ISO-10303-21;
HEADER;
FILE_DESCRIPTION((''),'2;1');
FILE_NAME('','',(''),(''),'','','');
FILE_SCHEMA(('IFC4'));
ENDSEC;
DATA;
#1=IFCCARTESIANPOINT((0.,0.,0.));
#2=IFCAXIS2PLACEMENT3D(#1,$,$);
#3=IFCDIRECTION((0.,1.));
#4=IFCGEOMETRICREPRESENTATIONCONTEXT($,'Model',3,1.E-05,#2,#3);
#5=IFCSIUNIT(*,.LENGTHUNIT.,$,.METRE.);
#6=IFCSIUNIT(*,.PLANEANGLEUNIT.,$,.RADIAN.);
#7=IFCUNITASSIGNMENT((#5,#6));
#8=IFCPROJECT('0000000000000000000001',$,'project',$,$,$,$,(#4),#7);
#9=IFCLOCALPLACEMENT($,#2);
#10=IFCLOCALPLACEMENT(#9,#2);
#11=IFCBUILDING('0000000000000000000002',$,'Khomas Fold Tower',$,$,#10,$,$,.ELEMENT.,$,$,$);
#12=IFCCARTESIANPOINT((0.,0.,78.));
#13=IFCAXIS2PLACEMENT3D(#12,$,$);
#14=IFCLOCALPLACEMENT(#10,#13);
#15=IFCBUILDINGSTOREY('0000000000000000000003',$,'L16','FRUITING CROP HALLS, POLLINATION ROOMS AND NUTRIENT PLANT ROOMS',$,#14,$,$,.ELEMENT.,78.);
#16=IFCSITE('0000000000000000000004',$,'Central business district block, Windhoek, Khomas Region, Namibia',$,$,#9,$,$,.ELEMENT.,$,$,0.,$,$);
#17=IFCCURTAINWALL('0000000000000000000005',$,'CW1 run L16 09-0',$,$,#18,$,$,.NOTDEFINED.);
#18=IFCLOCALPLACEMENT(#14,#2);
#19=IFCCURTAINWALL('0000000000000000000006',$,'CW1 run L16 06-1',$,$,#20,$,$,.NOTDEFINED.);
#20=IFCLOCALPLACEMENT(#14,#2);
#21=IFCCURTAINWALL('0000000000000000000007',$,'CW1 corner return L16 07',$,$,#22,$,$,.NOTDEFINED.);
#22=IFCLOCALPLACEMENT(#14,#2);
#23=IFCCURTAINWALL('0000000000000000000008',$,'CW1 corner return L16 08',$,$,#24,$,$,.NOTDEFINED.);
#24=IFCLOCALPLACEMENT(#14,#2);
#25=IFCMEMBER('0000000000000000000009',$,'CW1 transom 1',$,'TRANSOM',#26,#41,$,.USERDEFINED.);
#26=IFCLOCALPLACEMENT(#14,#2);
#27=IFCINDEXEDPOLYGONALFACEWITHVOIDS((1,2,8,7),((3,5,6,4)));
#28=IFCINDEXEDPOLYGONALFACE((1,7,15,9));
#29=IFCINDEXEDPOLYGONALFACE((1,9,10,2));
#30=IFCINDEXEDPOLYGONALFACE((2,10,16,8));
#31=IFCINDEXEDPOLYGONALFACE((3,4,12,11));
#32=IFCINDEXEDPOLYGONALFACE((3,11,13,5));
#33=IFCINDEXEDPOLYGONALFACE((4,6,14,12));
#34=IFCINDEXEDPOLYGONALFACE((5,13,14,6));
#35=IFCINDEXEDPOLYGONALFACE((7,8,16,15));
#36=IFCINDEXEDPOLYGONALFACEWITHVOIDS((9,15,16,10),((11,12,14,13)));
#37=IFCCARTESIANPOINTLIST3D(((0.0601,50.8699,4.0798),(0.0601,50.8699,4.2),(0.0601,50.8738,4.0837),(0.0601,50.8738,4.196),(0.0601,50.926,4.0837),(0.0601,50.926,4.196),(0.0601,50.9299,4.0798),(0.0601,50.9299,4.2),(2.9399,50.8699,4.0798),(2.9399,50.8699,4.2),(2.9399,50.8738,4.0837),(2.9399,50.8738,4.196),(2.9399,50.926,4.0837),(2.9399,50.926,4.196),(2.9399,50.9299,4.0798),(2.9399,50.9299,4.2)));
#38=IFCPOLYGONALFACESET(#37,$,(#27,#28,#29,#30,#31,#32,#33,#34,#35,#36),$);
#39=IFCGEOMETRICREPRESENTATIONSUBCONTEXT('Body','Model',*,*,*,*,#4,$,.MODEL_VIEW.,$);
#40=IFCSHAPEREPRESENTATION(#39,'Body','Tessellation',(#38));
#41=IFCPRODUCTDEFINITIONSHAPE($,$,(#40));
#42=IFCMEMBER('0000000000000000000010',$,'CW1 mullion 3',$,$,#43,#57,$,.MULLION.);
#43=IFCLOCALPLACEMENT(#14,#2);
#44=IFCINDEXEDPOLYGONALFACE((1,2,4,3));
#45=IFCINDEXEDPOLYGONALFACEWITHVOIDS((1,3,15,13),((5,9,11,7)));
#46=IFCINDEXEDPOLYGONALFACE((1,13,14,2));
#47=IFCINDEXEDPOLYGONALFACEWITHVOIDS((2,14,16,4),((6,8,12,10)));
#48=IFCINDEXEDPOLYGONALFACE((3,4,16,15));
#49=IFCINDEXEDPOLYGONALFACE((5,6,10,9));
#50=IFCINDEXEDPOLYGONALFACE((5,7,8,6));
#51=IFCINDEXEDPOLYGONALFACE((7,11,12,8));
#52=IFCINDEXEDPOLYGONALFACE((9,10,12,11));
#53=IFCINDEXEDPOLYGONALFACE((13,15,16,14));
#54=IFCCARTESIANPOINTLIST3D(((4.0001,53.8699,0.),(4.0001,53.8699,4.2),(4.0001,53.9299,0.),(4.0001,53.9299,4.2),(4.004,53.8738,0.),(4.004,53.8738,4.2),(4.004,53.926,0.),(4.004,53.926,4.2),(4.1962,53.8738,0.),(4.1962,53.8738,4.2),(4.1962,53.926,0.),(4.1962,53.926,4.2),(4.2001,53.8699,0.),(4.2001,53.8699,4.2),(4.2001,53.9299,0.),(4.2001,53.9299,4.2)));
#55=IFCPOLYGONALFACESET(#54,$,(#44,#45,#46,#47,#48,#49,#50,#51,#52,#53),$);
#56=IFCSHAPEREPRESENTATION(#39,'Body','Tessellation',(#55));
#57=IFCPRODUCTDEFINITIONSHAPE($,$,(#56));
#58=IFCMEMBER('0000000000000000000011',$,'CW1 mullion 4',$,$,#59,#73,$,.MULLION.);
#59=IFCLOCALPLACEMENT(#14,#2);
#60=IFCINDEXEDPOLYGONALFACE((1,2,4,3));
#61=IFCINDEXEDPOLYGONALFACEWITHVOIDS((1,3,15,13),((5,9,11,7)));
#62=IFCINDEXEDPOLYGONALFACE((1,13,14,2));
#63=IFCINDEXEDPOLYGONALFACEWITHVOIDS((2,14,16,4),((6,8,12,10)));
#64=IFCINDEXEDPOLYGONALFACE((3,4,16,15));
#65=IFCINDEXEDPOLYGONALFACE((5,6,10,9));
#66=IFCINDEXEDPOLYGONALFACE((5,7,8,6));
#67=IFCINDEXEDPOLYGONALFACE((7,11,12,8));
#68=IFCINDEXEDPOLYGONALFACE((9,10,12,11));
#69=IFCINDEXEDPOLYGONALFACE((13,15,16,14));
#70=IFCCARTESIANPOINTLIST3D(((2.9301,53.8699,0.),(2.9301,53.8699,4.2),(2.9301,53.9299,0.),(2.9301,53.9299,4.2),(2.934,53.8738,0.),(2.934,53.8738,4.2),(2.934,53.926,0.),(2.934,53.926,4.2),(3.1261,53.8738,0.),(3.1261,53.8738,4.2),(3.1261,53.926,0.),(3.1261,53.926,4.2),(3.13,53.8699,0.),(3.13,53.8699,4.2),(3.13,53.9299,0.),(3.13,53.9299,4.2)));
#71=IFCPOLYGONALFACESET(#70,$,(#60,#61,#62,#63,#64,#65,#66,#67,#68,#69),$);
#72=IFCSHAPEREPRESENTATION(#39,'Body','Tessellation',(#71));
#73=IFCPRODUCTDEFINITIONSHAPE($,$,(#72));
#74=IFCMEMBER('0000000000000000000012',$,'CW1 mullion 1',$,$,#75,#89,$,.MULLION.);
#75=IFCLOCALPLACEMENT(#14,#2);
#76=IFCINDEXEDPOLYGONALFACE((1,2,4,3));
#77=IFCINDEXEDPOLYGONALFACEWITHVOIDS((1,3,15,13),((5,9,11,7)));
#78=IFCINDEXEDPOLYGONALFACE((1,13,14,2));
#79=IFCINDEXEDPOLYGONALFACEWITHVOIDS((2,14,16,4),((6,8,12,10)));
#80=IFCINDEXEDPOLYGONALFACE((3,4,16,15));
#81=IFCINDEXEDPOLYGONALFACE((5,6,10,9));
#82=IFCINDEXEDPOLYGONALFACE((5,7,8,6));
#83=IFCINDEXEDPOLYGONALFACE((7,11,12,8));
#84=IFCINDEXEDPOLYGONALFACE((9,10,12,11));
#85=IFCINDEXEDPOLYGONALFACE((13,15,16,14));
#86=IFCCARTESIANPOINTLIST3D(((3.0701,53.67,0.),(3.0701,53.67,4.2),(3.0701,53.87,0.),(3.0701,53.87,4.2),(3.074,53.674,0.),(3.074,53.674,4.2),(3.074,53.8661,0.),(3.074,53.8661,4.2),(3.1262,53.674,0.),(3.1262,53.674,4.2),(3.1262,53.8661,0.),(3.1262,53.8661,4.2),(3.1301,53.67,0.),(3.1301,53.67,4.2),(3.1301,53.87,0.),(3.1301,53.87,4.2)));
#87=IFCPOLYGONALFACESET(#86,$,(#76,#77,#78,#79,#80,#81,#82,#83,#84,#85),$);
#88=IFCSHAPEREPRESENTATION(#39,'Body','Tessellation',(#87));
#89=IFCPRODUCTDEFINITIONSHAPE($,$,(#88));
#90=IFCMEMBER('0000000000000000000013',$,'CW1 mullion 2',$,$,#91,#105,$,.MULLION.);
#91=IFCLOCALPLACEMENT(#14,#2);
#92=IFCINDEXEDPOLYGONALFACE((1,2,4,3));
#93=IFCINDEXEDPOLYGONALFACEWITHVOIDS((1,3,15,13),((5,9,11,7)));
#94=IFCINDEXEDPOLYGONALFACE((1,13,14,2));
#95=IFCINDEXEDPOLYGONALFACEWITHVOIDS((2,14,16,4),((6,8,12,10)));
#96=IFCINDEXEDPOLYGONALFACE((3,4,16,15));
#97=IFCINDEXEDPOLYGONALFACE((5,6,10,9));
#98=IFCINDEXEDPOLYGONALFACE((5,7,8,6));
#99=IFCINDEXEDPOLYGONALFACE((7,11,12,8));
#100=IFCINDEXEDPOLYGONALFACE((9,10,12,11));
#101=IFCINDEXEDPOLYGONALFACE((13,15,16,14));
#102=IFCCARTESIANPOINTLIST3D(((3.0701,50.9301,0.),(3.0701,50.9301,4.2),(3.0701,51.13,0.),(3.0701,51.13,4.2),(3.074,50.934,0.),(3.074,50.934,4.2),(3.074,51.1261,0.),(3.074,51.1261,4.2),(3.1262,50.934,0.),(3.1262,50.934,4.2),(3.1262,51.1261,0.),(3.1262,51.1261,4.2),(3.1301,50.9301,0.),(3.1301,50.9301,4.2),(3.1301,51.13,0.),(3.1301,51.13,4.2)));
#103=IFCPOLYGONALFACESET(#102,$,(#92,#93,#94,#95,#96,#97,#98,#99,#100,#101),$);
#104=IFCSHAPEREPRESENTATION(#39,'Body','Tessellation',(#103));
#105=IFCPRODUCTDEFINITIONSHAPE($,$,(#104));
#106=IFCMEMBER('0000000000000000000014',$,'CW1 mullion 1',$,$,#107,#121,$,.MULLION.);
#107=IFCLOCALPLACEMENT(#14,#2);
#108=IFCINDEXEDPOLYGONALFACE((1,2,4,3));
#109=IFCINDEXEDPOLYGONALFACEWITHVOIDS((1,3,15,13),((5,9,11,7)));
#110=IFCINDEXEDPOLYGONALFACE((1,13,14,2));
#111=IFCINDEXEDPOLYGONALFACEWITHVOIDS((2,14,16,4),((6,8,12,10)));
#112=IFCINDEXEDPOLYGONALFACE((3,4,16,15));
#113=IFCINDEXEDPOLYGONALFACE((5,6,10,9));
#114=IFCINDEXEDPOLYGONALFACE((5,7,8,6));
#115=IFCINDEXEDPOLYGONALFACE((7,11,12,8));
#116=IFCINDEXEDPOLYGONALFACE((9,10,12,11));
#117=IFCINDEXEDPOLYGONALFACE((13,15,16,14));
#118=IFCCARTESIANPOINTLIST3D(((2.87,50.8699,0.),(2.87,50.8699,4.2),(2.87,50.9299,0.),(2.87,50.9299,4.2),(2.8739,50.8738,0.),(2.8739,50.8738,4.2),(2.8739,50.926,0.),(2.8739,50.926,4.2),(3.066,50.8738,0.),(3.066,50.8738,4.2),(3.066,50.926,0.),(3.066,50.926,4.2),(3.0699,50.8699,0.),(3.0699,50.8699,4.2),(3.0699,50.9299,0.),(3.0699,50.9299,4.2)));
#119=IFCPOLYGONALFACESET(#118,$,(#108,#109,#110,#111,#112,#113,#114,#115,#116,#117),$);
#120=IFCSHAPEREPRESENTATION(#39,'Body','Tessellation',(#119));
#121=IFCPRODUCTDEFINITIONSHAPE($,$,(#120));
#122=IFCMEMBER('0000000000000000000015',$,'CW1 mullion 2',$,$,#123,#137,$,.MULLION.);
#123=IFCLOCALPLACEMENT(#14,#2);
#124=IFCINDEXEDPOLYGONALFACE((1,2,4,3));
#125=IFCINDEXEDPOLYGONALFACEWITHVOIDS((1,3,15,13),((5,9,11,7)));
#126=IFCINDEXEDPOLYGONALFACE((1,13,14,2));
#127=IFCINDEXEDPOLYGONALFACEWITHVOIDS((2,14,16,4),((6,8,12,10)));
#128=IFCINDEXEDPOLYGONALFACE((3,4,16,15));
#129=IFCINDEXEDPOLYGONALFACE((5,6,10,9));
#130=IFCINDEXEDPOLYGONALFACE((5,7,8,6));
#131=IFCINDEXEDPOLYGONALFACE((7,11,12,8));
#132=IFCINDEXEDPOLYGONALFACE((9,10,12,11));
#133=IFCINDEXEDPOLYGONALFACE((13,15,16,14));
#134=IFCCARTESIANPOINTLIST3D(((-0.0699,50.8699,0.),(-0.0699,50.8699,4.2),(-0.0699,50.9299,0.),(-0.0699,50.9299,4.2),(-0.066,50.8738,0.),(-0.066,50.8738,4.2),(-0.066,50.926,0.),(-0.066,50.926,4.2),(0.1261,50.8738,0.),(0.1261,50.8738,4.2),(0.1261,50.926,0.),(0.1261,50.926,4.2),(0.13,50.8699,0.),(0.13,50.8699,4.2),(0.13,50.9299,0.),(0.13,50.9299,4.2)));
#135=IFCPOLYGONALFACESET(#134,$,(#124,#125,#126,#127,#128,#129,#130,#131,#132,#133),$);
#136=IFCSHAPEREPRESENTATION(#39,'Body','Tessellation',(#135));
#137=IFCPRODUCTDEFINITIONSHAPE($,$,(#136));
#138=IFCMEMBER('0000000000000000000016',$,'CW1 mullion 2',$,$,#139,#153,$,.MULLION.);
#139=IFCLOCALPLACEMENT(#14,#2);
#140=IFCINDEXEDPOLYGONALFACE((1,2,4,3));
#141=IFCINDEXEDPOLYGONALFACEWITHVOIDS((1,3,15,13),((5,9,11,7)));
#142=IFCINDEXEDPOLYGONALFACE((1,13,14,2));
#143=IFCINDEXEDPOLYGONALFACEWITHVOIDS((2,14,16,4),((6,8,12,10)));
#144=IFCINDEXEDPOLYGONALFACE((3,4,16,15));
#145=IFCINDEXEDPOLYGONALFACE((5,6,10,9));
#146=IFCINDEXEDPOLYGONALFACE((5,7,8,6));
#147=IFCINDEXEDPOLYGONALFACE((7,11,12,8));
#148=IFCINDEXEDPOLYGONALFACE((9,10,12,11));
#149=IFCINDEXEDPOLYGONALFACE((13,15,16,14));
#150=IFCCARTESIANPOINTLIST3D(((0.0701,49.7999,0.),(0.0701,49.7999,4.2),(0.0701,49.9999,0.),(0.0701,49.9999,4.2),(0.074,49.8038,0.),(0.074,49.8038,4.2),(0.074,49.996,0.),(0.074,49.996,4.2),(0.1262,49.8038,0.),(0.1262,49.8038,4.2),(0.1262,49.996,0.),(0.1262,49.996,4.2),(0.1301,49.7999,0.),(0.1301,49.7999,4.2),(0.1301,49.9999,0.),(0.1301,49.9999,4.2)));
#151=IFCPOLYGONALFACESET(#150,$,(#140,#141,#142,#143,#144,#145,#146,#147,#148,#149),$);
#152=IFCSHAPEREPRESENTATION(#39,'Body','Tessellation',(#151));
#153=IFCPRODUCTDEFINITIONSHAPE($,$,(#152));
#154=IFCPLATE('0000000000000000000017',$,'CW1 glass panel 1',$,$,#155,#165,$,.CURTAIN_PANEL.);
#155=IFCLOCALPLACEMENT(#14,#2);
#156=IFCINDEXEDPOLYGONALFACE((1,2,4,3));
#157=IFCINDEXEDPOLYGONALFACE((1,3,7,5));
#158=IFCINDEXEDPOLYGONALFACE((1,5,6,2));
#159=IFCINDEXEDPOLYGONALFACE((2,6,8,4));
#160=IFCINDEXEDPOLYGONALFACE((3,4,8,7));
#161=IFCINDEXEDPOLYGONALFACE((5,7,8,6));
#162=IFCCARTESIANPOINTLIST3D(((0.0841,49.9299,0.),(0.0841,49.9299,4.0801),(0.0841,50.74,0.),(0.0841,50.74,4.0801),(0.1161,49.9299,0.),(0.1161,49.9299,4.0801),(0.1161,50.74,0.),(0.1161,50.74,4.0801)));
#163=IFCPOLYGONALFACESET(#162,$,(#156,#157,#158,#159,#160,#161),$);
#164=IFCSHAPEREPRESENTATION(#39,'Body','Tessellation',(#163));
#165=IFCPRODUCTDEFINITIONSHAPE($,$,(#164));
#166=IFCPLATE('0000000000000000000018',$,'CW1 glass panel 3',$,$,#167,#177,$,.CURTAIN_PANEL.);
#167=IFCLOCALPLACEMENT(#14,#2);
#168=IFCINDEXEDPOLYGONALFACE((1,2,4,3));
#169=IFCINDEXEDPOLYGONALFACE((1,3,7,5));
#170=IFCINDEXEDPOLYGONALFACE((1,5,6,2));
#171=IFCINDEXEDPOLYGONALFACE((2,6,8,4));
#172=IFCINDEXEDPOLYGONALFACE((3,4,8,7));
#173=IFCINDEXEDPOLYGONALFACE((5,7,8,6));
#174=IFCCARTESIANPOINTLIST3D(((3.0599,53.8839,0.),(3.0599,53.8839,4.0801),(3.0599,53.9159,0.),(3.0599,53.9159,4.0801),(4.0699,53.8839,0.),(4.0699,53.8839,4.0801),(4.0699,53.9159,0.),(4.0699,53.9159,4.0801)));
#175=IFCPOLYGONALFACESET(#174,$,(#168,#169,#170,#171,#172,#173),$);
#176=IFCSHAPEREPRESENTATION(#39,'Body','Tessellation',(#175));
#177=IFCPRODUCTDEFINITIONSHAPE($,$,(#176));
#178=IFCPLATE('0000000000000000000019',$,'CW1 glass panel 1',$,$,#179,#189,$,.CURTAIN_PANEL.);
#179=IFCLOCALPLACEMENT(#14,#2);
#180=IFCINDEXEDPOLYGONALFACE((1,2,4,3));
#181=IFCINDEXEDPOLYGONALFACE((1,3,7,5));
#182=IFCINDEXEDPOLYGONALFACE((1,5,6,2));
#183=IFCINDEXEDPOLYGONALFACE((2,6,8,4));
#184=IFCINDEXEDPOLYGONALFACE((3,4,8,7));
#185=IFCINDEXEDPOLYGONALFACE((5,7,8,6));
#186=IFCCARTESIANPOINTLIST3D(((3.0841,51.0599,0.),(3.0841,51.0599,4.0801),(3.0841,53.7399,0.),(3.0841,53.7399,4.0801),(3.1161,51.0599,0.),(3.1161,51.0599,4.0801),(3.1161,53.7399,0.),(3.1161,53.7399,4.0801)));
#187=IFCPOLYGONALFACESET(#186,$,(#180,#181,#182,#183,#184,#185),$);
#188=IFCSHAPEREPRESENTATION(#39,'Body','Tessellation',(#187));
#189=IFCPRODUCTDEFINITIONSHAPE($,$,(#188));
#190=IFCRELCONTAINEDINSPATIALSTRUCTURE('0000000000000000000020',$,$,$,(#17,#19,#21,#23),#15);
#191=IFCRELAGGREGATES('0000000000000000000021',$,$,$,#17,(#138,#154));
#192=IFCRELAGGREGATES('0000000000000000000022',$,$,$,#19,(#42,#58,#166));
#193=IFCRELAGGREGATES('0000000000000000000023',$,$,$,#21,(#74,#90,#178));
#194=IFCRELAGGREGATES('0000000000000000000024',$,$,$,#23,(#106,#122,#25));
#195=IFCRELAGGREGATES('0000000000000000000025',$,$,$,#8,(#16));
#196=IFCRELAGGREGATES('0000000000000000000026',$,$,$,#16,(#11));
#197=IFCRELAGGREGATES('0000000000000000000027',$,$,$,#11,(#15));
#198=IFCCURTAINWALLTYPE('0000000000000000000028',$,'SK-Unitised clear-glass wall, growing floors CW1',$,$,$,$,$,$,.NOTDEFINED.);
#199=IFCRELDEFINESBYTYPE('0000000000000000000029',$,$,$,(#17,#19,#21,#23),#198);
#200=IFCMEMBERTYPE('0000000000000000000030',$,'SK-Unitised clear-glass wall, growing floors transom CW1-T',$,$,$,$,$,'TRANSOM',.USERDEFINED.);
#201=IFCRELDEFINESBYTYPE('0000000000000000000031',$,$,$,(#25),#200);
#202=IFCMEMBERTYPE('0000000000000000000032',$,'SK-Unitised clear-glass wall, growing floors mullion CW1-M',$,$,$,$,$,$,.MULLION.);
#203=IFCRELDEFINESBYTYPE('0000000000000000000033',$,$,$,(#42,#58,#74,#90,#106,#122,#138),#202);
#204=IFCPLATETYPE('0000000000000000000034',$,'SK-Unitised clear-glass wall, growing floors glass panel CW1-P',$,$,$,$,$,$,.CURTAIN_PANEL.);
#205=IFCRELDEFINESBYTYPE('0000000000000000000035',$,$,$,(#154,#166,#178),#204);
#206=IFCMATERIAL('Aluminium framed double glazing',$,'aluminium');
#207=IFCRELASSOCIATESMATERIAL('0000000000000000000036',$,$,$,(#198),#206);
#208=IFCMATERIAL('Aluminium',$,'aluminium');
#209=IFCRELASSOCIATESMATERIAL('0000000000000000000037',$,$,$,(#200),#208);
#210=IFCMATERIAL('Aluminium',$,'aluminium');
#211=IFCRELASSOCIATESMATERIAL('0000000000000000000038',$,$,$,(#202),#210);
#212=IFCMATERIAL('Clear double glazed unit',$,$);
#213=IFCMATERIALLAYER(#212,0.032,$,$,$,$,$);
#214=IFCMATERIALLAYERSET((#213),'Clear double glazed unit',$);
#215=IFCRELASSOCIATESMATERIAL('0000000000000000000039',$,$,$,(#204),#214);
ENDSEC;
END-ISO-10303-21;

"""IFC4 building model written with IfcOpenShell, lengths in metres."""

from ifc_helpers import new_model, si_unit, direction, frame, origin, origin_2d, place, context, subcontext, project, spatial, rectangle, hollow_rectangle, extrude, source, transform, mapped, material, layer, layer_set, material_profile, profile_set, type_object, element, aggregate, save


model = new_model("IFC4")

# Units and contexts
model_context = context("Model", 3, precision=1e-05, world=origin(), true_north=direction((0.0, 1.0)))
body_context = subcontext(model_context, "Body", "Model", "MODEL_VIEW")
ifc_project = project(units=[si_unit("LENGTHUNIT", "METRE"), si_unit("PLANEANGLEUNIT", "RADIAN")], contexts=[model_context])

# Site, building, storey
site_placement = place(None, origin())
site = spatial("IfcSite", under=ifc_project, at=site_placement, Name="Central business district block, Windhoek, Khomas Region, Namibia", CompositionType="ELEMENT", RefElevation=0.0)
building_placement = place(site_placement, origin())
building = spatial("IfcBuilding", under=site, at=building_placement, Name="Khomas Fold Tower", CompositionType="ELEMENT")
storey_placement = place(building_placement, frame((0.0, 0.0, 78.0)))
storey = spatial("IfcBuildingStorey", under=building, at=storey_placement, Name="L16", Description="FRUITING CROP HALLS, POLLINATION ROOMS AND NUTRIENT PLANT ROOMS", CompositionType="ELEMENT", Elevation=78.0)

# Curtain wall
ifc_material_1 = material(Name="Aluminium framed double glazing", Category="aluminium")
curtain_wall_type = type_object("IfcCurtainWallType", Name="SK-Unitised clear-glass wall, growing floors CW1", PredefinedType="NOTDEFINED", material=ifc_material_1)
curtain_wall_1_placement = place(storey_placement, origin())
curtain_wall_1 = element("IfcCurtainWall", 1, at=curtain_wall_1_placement, inside=storey, type_object=curtain_wall_type, Name="CW1 run L16 09-0", PredefinedType="NOTDEFINED")
ifc_material_2 = material(Name="Aluminium", Category="aluminium")
ifc_material_profile_1 = material_profile(ifc_material_2, hollow_rectangle(XDim=0.0601, YDim=0.1201, WallThickness=0.0039, at=origin_2d()), Name="SK-Unitised clear-glass wall, growing floors transom CW1-T")
ifc_profile_set_1 = profile_set([ifc_material_profile_1], Name="Aluminium")
member_type_1 = type_object("IfcMemberType", Name="SK-Unitised clear-glass wall, growing floors transom CW1-T", ElementType="TRANSOM", PredefinedType="USERDEFINED", material=ifc_profile_set_1)

# Curtain walls, member
curtain_wall_2_placement = place(storey_placement, origin())
curtain_wall_2 = element("IfcCurtainWall", 2, at=curtain_wall_2_placement, inside=storey, type_object=curtain_wall_type, Name="CW1 run L16 06-1", PredefinedType="NOTDEFINED")
curtain_wall_3_placement = place(storey_placement, origin())
curtain_wall_3 = element("IfcCurtainWall", 3, at=curtain_wall_3_placement, inside=storey, type_object=curtain_wall_type, Name="CW1 corner return L16 07", PredefinedType="NOTDEFINED")
curtain_wall_4_placement = place(storey_placement, origin())
curtain_wall_4 = element("IfcCurtainWall", 4, at=curtain_wall_4_placement, inside=storey, type_object=curtain_wall_type, Name="CW1 corner return L16 08", PredefinedType="NOTDEFINED")
shared_shape_1 = source(origin(), body_context, "Body", "SweptSolid", [
    extrude(hollow_rectangle(XDim=0.0601, YDim=0.1201, WallThickness=0.0039, at=origin_2d()), origin(), (0.0, 0.0, 1.0), 2.8799),
])
member_1_placement = place(storey_placement, frame((2.9399, 50.8999, 4.1399), z_axis=(-1.0, 0.0, 0.0), x_axis=(0.0, -1.0, 0.0)))
member_1 = element("IfcMember", 5, at=member_1_placement, type_object=member_type_1, Name="CW1 transom 1", ObjectType="TRANSOM", PredefinedType="USERDEFINED", context=body_context, shape_type="MappedRepresentation", body=[
    mapped(shared_shape_1, transform((0.0, 0.0, 0.0))),
])

# Members
ifc_material_3 = material(Name="Aluminium", Category="aluminium")
ifc_material_profile_2 = material_profile(ifc_material_3, hollow_rectangle(XDim=0.0601, YDim=0.2, WallThickness=0.0039, at=origin_2d()), Name="SK-Unitised clear-glass wall, growing floors mullion CW1-M")
ifc_profile_set_2 = profile_set([ifc_material_profile_2], Name="Aluminium")
member_type_2 = type_object("IfcMemberType", Name="SK-Unitised clear-glass wall, growing floors mullion CW1-M", PredefinedType="MULLION", material=ifc_profile_set_2)
shared_shape_2 = source(origin(), body_context, "Body", "SweptSolid", [
    extrude(hollow_rectangle(XDim=0.0601, YDim=0.2, WallThickness=0.0039, at=origin_2d()), origin(), (0.0, 0.0, 1.0), 4.2),
])
member_2_placement = place(storey_placement, frame((4.1001, 53.8999, 0.0), z_axis=(0.0, 0.0, 1.0), x_axis=(0.0, -1.0, 0.0)))
member_2 = element("IfcMember", 6, at=member_2_placement, type_object=member_type_2, Name="CW1 mullion 3", PredefinedType="MULLION", context=body_context, shape_type="MappedRepresentation", body=[
    mapped(shared_shape_2, transform((0.0, 0.0, 0.0))),
])
member_3_placement = place(storey_placement, frame((3.03, 53.8999, 0.0), z_axis=(0.0, 0.0, 1.0), x_axis=(0.0, -1.0, 0.0)))
member_3 = element("IfcMember", 7, at=member_3_placement, type_object=member_type_2, Name="CW1 mullion 4", PredefinedType="MULLION", context=body_context, shape_type="MappedRepresentation", body=[
    mapped(shared_shape_2, transform((0.0, 0.0, 0.0))),
])
member_4_placement = place(storey_placement, frame((3.1001, 53.77, 0.0), z_axis=(0.0, 0.0, 1.0), x_axis=(1.0, 0.0, 0.0)))
member_4 = element("IfcMember", 8, at=member_4_placement, type_object=member_type_2, Name="CW1 mullion 1", PredefinedType="MULLION", context=body_context, shape_type="MappedRepresentation", body=[
    mapped(shared_shape_2, transform((0.0, 0.0, 0.0))),
])
member_5_placement = place(storey_placement, frame((3.1001, 51.03, 0.0), z_axis=(0.0, 0.0, 1.0), x_axis=(1.0, 0.0, 0.0)))
member_5 = element("IfcMember", 9, at=member_5_placement, type_object=member_type_2, Name="CW1 mullion 2", PredefinedType="MULLION", context=body_context, shape_type="MappedRepresentation", body=[
    mapped(shared_shape_2, transform((0.0, 0.0, 0.0))),
])
member_6_placement = place(storey_placement, frame((2.97, 50.8999, 0.0), z_axis=(0.0, 0.0, 1.0), x_axis=(0.0, -1.0, 0.0)))
member_6 = element("IfcMember", 10, at=member_6_placement, type_object=member_type_2, Name="CW1 mullion 1", PredefinedType="MULLION", context=body_context, shape_type="MappedRepresentation", body=[
    mapped(shared_shape_2, transform((0.0, 0.0, 0.0))),
])
member_7_placement = place(storey_placement, frame((0.03, 50.8999, 0.0), z_axis=(0.0, 0.0, 1.0), x_axis=(0.0, -1.0, 0.0)))
member_7 = element("IfcMember", 11, at=member_7_placement, type_object=member_type_2, Name="CW1 mullion 2", PredefinedType="MULLION", context=body_context, shape_type="MappedRepresentation", body=[
    mapped(shared_shape_2, transform((0.0, 0.0, 0.0))),
])
member_8_placement = place(storey_placement, frame((0.1001, 49.8999, 0.0), z_axis=(0.0, 0.0, 1.0), x_axis=(1.0, 0.0, 0.0)))
member_8 = element("IfcMember", 12, at=member_8_placement, type_object=member_type_2, Name="CW1 mullion 2", PredefinedType="MULLION", context=body_context, shape_type="MappedRepresentation", body=[
    mapped(shared_shape_2, transform((0.0, 0.0, 0.0))),
])

# Plates
ifc_material_4 = material(Name="Clear double glazed unit")
ifc_layer_1 = layer(ifc_material_4, 0.032)
ifc_layer_set_1 = layer_set([ifc_layer_1], Name="Clear double glazed unit")
plate_type = type_object("IfcPlateType", Name="SK-Unitised clear-glass wall, growing floors glass panel CW1-P", PredefinedType="CURTAIN_PANEL", material=ifc_layer_set_1)
shared_shape_3 = source(origin(), body_context, "Body", "SweptSolid", [
    extrude(rectangle(XDim=0.8101, YDim=0.032, at=origin_2d()), origin(), (0.0, 0.0, 1.0), 4.0801),
])
plate_1_placement = place(storey_placement, frame((0.1001, 50.335, 0.0), z_axis=(0.0, 0.0, 1.0), x_axis=(0.0, -1.0, 0.0)))
plate_1 = element("IfcPlate", 13, at=plate_1_placement, type_object=plate_type, Name="CW1 glass panel 1", PredefinedType="CURTAIN_PANEL", context=body_context, shape_type="MappedRepresentation", body=[
    mapped(shared_shape_3, transform((0.0, 0.0, 0.0))),
])
aggregate(curtain_wall_1, [member_8, plate_1])
shared_shape_4 = source(origin(), body_context, "Body", "SweptSolid", [
    extrude(rectangle(XDim=1.01, YDim=0.032, at=origin_2d()), origin(), (0.0, 0.0, 1.0), 4.0801),
])
plate_2_placement = place(storey_placement, frame((3.5649, 53.8999, 0.0), z_axis=(0.0, 0.0, 1.0), x_axis=(-1.0, 0.0, 0.0)))
plate_2 = element("IfcPlate", 14, at=plate_2_placement, type_object=plate_type, Name="CW1 glass panel 3", PredefinedType="CURTAIN_PANEL", context=body_context, shape_type="MappedRepresentation", body=[
    mapped(shared_shape_4, transform((0.0, 0.0, 0.0))),
])
aggregate(curtain_wall_2, [member_2, member_3, plate_2])
shared_shape_5 = source(origin(), body_context, "Body", "SweptSolid", [
    extrude(rectangle(XDim=2.6799, YDim=0.032, at=origin_2d()), origin(), (0.0, 0.0, 1.0), 4.0801),
])
plate_3_placement = place(storey_placement, frame((3.1001, 52.3999, 0.0), z_axis=(0.0, 0.0, 1.0), x_axis=(0.0, -1.0, 0.0)))
plate_3 = element("IfcPlate", 15, at=plate_3_placement, type_object=plate_type, Name="CW1 glass panel 1", PredefinedType="CURTAIN_PANEL", context=body_context, shape_type="MappedRepresentation", body=[
    mapped(shared_shape_5, transform((0.0, 0.0, 0.0))),
])
aggregate(curtain_wall_3, [member_4, member_5, plate_3])
aggregate(curtain_wall_4, [member_6, member_7, member_1])

save(model, "model.ifc")
